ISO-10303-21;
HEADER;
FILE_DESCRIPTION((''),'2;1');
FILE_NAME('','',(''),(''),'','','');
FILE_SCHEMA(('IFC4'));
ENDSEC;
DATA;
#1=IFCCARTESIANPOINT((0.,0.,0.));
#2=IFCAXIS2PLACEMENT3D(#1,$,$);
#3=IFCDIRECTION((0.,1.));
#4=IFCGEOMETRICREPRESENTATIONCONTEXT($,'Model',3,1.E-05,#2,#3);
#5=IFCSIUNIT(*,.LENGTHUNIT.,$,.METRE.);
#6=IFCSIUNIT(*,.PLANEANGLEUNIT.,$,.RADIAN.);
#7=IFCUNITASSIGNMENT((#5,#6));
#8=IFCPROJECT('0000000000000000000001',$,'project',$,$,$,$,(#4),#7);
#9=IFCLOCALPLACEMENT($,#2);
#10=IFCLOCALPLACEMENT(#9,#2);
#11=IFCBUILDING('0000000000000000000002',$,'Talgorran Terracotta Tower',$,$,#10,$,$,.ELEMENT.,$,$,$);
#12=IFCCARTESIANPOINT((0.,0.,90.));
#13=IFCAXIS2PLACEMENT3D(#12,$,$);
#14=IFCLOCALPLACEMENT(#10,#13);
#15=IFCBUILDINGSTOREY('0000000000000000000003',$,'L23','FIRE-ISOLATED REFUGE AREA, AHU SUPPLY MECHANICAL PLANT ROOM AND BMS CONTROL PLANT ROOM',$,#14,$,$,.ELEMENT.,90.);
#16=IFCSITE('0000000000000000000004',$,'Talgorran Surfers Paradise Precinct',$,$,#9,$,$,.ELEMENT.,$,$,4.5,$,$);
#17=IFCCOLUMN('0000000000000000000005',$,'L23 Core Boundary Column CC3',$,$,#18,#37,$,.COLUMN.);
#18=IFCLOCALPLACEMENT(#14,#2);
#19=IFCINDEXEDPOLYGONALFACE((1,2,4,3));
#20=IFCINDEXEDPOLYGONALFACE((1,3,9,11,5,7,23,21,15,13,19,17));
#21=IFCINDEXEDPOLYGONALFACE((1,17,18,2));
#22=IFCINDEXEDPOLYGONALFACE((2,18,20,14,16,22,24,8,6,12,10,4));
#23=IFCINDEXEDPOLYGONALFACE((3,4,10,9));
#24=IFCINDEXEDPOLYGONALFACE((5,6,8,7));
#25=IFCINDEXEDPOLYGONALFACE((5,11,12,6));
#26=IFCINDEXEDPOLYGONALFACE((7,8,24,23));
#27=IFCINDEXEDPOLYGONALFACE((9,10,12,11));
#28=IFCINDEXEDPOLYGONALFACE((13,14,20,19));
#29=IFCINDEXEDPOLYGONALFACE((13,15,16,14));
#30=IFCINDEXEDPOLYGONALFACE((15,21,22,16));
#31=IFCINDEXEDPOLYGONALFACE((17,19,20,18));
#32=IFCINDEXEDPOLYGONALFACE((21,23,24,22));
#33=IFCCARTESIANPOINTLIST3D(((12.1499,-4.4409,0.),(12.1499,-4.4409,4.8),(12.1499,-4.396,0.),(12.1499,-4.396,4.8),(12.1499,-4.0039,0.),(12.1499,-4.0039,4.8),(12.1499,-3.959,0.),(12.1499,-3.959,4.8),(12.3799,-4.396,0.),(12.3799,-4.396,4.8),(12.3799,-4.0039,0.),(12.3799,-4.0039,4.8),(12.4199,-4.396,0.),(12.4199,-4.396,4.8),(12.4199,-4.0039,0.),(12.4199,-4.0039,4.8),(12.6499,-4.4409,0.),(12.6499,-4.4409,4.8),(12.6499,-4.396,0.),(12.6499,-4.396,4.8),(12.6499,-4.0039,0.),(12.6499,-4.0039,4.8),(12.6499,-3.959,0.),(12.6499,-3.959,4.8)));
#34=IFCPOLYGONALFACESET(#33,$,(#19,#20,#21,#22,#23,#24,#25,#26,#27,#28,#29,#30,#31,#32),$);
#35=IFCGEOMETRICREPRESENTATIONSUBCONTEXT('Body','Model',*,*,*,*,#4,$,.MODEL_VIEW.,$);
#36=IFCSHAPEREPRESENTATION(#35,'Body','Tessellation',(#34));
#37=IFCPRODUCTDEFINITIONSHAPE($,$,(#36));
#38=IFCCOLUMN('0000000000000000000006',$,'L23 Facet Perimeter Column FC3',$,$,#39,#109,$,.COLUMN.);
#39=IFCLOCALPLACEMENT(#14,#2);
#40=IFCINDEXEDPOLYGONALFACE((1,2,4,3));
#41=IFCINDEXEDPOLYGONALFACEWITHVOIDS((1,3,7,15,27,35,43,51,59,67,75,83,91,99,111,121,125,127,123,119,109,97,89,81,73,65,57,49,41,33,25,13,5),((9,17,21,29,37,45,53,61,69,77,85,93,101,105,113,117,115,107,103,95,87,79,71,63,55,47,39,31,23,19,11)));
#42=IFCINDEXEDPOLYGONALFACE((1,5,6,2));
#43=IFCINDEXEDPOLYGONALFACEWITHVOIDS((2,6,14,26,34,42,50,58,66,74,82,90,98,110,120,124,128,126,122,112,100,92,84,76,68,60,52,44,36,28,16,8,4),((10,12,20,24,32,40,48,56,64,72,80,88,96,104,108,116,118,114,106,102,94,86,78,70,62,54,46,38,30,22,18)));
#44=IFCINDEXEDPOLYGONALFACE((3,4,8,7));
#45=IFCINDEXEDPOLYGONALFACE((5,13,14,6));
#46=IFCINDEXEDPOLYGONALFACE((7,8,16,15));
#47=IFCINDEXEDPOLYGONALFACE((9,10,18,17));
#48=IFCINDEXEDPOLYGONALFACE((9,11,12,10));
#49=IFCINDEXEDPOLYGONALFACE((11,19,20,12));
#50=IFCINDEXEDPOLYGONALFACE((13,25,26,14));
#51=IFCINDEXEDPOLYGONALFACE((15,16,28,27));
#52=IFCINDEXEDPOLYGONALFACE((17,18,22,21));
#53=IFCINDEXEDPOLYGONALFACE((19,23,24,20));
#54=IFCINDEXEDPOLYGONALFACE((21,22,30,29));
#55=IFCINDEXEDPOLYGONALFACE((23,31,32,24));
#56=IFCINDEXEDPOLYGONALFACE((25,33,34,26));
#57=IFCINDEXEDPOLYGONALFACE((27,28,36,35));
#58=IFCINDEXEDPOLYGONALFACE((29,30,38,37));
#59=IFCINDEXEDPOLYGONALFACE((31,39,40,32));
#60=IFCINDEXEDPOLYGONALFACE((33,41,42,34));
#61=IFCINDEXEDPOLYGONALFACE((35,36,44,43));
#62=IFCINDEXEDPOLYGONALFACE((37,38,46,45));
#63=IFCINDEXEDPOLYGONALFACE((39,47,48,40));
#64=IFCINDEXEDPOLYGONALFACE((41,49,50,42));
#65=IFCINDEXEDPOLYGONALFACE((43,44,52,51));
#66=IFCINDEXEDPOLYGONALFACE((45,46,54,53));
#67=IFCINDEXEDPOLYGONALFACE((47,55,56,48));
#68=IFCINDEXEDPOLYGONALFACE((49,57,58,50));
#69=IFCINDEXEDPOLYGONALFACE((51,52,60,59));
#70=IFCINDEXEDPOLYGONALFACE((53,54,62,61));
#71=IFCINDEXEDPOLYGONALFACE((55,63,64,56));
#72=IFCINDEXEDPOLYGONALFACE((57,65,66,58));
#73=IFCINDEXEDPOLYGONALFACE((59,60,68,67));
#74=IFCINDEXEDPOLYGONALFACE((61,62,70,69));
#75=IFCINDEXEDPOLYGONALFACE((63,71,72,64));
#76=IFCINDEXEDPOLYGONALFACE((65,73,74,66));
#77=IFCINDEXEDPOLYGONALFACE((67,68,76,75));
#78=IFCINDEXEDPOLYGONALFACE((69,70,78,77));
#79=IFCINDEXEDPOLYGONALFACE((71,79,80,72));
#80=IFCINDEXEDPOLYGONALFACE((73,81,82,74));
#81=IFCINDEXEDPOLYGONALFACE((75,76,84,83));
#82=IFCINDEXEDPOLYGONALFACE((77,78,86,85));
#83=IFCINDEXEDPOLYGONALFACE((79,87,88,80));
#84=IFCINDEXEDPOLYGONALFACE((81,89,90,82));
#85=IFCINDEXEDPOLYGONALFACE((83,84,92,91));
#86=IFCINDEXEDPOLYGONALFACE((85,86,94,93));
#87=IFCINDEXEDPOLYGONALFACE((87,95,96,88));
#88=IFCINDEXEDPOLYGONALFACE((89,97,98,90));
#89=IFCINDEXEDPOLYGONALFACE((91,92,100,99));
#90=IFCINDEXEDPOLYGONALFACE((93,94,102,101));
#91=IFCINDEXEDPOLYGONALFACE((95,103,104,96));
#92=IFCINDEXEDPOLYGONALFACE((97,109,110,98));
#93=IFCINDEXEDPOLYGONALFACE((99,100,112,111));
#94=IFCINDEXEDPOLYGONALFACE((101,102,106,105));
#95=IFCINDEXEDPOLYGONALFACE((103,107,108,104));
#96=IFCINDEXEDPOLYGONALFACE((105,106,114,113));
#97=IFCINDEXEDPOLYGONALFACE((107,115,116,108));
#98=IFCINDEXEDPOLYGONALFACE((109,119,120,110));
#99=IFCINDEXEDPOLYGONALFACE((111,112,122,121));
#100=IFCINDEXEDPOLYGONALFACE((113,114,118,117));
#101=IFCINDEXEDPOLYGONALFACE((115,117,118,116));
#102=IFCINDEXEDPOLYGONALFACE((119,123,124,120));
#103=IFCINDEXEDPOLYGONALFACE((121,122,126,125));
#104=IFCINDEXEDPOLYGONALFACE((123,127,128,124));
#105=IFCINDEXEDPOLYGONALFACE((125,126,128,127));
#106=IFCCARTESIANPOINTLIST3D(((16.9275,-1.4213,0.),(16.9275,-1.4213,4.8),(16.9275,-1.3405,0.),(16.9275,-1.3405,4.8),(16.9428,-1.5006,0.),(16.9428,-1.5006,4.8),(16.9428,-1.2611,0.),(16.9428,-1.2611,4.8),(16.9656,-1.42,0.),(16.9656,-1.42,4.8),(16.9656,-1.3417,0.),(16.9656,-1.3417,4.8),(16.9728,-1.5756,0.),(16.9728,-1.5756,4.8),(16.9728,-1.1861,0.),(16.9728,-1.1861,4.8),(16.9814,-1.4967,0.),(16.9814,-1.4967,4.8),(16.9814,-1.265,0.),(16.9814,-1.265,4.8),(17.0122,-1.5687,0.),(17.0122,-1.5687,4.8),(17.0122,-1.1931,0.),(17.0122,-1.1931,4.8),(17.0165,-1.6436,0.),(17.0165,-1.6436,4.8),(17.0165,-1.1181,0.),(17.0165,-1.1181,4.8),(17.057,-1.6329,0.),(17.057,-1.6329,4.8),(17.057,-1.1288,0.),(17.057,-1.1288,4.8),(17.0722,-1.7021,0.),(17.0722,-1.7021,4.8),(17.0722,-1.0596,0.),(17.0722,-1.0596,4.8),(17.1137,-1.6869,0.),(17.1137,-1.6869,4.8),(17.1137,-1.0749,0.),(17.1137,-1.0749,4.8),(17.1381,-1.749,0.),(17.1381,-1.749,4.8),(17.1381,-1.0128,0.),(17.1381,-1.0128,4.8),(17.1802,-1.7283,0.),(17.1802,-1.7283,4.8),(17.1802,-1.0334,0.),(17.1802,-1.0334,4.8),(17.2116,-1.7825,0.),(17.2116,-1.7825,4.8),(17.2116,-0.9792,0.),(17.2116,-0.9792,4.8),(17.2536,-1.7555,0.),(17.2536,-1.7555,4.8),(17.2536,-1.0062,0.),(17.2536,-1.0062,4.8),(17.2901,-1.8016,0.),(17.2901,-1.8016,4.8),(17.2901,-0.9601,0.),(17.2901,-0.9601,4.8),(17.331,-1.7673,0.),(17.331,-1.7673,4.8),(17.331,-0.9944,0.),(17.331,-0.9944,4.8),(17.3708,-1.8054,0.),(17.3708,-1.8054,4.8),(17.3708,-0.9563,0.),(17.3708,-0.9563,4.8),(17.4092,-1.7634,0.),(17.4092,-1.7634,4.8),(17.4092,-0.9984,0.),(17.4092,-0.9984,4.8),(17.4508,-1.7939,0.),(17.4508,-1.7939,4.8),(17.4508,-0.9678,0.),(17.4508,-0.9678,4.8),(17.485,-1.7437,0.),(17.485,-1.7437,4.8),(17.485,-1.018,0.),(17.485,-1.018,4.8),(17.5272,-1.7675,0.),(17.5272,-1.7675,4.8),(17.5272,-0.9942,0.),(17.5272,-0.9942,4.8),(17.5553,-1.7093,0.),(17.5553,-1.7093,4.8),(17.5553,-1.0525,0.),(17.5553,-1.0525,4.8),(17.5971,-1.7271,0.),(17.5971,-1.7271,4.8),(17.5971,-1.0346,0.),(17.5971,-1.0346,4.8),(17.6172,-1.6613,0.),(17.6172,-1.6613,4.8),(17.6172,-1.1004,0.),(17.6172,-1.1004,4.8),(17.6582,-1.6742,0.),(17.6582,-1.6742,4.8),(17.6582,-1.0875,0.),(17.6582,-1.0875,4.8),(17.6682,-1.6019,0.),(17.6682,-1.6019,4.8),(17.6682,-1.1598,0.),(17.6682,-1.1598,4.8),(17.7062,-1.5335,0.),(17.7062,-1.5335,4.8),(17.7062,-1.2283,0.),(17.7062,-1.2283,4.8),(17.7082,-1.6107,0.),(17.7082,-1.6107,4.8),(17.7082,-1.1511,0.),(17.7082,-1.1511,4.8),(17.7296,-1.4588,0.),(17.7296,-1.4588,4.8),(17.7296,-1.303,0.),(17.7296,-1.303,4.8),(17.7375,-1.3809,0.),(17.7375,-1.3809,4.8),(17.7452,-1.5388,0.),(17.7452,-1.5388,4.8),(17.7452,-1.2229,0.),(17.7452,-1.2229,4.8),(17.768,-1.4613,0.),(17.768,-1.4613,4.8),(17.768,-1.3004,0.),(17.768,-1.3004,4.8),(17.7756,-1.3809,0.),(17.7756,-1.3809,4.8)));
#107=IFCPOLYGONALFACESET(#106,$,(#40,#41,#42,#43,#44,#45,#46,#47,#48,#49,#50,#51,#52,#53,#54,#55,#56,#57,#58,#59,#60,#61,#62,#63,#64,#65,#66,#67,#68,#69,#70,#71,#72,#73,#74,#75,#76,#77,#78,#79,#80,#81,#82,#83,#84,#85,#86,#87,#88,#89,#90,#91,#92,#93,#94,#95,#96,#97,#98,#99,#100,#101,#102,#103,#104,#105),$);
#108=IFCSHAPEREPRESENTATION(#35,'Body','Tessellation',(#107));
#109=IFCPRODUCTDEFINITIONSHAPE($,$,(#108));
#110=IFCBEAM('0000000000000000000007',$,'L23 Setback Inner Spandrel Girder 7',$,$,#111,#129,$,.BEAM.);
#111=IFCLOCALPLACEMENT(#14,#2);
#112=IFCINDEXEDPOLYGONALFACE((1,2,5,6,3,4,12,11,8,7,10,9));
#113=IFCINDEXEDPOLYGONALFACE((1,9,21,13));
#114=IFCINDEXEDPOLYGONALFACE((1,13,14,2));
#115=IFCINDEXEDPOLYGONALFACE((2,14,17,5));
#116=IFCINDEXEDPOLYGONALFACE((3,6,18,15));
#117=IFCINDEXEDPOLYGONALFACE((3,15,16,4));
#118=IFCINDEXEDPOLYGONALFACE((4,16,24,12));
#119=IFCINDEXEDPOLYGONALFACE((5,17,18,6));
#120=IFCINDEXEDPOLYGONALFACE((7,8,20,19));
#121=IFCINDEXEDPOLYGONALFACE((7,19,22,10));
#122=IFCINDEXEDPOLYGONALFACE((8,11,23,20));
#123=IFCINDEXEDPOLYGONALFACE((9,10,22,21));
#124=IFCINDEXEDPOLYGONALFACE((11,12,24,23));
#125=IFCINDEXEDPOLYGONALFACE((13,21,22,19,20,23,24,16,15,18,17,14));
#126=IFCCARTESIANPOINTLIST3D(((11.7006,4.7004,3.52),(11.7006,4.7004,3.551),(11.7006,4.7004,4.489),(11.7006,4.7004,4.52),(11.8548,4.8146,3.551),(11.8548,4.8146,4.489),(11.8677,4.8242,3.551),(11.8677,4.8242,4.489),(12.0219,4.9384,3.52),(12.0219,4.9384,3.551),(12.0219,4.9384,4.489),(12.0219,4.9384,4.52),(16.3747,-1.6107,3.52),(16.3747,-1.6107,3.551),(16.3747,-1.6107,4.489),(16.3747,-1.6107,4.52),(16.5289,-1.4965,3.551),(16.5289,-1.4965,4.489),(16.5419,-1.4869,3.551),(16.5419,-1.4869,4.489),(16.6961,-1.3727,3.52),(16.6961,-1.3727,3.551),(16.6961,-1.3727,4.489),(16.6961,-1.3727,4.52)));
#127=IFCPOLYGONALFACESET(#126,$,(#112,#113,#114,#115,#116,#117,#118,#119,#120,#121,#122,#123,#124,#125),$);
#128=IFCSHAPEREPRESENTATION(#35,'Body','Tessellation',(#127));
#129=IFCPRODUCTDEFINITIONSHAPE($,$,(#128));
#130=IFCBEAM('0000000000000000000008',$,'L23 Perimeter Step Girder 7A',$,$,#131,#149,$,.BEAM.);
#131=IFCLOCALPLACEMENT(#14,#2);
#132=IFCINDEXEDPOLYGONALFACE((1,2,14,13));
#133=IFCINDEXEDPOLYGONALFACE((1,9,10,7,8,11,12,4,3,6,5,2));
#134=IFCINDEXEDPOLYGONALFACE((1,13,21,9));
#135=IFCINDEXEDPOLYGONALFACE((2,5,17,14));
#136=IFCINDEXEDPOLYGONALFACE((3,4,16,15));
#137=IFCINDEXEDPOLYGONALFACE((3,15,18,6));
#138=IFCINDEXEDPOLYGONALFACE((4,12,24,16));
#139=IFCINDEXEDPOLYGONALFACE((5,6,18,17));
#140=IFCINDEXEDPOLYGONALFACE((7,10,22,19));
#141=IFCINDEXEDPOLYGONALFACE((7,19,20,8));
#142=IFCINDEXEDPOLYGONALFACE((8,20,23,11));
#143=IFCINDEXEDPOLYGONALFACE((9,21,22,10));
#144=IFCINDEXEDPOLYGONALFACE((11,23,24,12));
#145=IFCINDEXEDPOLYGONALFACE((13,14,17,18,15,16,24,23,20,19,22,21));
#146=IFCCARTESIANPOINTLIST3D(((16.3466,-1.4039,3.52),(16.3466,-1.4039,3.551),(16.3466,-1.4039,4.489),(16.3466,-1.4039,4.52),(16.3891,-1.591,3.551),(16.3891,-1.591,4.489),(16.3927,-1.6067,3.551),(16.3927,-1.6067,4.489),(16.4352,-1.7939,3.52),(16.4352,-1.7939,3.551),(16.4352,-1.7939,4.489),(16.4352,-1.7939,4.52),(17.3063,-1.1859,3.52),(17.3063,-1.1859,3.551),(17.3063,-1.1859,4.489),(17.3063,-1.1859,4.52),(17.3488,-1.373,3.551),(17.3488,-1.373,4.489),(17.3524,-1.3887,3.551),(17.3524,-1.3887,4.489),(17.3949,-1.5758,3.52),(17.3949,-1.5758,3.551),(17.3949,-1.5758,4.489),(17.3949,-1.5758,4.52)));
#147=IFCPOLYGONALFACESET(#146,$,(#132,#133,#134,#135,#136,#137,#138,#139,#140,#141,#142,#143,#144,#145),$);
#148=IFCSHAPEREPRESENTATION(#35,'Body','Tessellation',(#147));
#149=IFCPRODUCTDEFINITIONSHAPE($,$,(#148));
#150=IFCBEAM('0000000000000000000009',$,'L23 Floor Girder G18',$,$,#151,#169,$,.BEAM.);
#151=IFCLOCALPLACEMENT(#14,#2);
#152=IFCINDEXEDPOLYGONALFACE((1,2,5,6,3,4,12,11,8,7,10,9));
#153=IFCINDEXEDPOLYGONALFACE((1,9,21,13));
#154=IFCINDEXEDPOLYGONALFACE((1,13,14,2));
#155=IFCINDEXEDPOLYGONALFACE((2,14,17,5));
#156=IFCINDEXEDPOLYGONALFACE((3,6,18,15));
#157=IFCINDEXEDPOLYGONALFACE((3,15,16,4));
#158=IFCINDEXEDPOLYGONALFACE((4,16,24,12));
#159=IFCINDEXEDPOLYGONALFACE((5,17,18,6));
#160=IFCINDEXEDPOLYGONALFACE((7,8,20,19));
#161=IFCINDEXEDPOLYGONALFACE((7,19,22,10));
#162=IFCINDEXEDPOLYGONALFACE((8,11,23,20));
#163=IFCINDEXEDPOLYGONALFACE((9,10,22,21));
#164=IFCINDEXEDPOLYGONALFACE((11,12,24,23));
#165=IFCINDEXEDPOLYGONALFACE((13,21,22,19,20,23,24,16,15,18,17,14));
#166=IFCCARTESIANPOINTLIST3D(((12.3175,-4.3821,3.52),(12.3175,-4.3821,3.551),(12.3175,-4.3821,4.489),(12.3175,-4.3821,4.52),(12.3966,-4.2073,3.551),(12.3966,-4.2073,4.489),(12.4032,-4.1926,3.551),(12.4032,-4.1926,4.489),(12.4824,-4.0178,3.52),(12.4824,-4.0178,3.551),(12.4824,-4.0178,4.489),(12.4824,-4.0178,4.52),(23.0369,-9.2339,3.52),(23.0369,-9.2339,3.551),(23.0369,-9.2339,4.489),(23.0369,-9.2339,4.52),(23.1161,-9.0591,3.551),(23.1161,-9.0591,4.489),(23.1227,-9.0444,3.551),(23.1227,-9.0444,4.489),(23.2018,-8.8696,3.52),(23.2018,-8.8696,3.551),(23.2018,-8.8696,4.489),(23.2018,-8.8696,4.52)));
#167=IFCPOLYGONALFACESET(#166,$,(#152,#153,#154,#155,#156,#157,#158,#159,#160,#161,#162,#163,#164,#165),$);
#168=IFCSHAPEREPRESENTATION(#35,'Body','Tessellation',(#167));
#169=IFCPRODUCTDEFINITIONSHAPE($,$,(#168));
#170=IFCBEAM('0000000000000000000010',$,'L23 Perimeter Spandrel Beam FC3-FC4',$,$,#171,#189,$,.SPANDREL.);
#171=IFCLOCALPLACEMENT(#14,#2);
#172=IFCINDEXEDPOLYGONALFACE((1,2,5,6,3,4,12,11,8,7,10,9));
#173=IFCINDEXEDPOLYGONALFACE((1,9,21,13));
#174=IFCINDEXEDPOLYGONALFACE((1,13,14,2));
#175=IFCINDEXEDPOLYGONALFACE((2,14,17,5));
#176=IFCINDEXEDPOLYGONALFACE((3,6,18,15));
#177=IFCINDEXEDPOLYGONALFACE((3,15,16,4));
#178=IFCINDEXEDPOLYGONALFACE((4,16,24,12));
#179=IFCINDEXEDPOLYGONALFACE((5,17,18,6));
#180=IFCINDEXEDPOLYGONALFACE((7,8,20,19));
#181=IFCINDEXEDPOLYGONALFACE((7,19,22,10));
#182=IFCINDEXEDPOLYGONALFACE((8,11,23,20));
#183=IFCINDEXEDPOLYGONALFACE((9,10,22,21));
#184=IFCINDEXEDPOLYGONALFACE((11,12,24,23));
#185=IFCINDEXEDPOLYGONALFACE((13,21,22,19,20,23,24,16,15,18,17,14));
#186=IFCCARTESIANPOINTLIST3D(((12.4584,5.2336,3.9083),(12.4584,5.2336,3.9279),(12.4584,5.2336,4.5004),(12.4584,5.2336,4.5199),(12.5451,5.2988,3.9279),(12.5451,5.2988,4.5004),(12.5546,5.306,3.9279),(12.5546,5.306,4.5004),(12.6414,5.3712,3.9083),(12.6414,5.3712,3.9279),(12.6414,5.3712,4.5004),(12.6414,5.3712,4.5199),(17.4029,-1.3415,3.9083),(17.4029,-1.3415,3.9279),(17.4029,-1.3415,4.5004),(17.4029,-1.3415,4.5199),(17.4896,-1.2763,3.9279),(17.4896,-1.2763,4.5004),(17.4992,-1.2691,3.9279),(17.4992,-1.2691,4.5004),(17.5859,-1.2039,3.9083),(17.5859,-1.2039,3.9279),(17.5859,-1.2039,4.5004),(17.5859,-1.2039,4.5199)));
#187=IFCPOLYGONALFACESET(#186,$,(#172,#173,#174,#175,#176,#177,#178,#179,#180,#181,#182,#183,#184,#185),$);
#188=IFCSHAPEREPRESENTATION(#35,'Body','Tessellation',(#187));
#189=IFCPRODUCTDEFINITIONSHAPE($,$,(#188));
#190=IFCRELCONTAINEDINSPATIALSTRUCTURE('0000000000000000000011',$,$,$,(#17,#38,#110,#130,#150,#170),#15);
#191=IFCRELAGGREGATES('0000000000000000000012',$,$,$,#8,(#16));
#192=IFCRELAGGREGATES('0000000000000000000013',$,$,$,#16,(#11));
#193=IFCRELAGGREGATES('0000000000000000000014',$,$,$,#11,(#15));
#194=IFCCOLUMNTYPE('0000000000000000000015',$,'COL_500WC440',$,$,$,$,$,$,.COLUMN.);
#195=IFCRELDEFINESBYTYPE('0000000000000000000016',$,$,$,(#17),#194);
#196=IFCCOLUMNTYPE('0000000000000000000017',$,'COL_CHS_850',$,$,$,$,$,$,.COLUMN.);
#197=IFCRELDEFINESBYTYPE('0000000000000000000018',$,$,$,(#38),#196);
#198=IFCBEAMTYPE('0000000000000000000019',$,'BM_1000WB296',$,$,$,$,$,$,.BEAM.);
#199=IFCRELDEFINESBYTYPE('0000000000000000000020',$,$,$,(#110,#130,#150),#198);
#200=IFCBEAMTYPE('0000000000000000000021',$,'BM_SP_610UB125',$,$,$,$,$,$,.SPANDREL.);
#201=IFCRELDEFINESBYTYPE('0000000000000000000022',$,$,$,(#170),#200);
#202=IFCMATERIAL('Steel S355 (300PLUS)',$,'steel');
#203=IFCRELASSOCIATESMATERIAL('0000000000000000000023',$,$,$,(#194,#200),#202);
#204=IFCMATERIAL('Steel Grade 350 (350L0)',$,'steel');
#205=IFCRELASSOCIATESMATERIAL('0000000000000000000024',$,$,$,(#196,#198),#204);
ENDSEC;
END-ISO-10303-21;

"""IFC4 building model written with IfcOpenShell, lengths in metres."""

from ifc_helpers import new_model, si_unit, direction, frame, origin, origin_2d, place, context, subcontext, project, spatial, hollow_circle, i_section, extrude, material, material_profile, profile_set, type_object, element, save


model = new_model("IFC4")

# Units and contexts
model_context = context("Model", 3, precision=1e-05, world=origin(), true_north=direction((0.0, 1.0)))
body_context = subcontext(model_context, "Body", "Model", "MODEL_VIEW")
ifc_project = project(units=[si_unit("LENGTHUNIT", "METRE"), si_unit("PLANEANGLEUNIT", "RADIAN")], contexts=[model_context])

# Site, building, storey
site_placement = place(None, origin())
site = spatial("IfcSite", under=ifc_project, at=site_placement, Name="Talgorran Surfers Paradise Precinct", CompositionType="ELEMENT", RefElevation=4.5)
building_placement = place(site_placement, origin())
building = spatial("IfcBuilding", under=site, at=building_placement, Name="Talgorran Terracotta Tower", CompositionType="ELEMENT")
storey_placement = place(building_placement, frame((0.0, 0.0, 90.0)))
storey = spatial("IfcBuildingStorey", under=building, at=storey_placement, Name="L23", Description="FIRE-ISOLATED REFUGE AREA, AHU SUPPLY MECHANICAL PLANT ROOM AND BMS CONTROL PLANT ROOM", CompositionType="ELEMENT", Elevation=90.0)

# Columns
ifc_material_1 = material(Name="Steel S355 (300PLUS)", Category="steel")
ifc_material_profile_1 = material_profile(ifc_material_1, i_section(OverallWidth=0.5, OverallDepth=0.4819, WebThickness=0.04, FlangeThickness=0.0449, at=origin_2d()), Name="500WC440")
ifc_profile_set_1 = profile_set([ifc_material_profile_1], Name="Steel S355 (300PLUS)")
column_type_1 = type_object("IfcColumnType", Name="COL_500WC440", PredefinedType="COLUMN", material=ifc_profile_set_1)
column_1_placement = place(storey_placement, frame((12.3999, -4.2, 0.0), z_axis=(0.0, 0.0, 1.0), x_axis=(1.0, 0.0, 0.0)))
element("IfcColumn", 1, at=column_1_placement, inside=storey, type_object=column_type_1, Name="L23 Core Boundary Column CC3", PredefinedType="COLUMN", context=body_context, shape_type="SweptSolid", body=[
    extrude(i_section(OverallWidth=0.5, OverallDepth=0.4819, WebThickness=0.04, FlangeThickness=0.0449, at=origin_2d()), origin(), (0.0, 0.0, 1.0), 4.8),
])
ifc_material_2 = material(Name="Steel Grade 350 (350L0)", Category="steel")
ifc_material_profile_2 = material_profile(ifc_material_2, hollow_circle(Radius=0.425, WallThickness=0.0381, at=origin_2d()), Name="CHS850X38")
ifc_profile_set_2 = profile_set([ifc_material_profile_2], Name="Steel Grade 350 (350L0)")
column_type_2 = type_object("IfcColumnType", Name="COL_CHS_850", PredefinedType="COLUMN", material=ifc_profile_set_2)
column_2_placement = place(storey_placement, frame((17.3506, -1.3809, 0.0), z_axis=(0.0, 0.0, 1.0), x_axis=(1.0, 0.0, 0.0)))
element("IfcColumn", 2, at=column_2_placement, inside=storey, type_object=column_type_2, Name="L23 Facet Perimeter Column FC3", PredefinedType="COLUMN", context=body_context, shape_type="SweptSolid", body=[
    extrude(hollow_circle(Radius=0.425, WallThickness=0.0381, at=origin_2d()), origin(), (0.0, 0.0, 1.0), 4.8),
])

# Beams
ifc_material_profile_3 = material_profile(ifc_material_2, i_section(OverallWidth=0.3999, OverallDepth=1.0, WebThickness=0.0161, FlangeThickness=0.031, at=origin_2d()), Name="1000WB296")
ifc_profile_set_3 = profile_set([ifc_material_profile_3], Name="Steel Grade 350 (350L0)")
beam_type_1 = type_object("IfcBeamType", Name="BM_1000WB296", PredefinedType="BEAM", material=ifc_profile_set_3)
beam_1_placement = place(storey_placement, frame((16.5354, -1.4917, 4.02), z_axis=(-0.595164, 0.803604, 0.0), x_axis=(-0.803604, -0.595164, 0.0)))
element("IfcBeam", 3, at=beam_1_placement, inside=storey, type_object=beam_type_1, Name="L23 Setback Inner Spandrel Girder 7", PredefinedType="BEAM", context=body_context, shape_type="SweptSolid", body=[
    extrude(i_section(OverallWidth=0.3999, OverallDepth=1.0, WebThickness=0.0161, FlangeThickness=0.031, at=origin_2d()), origin(), (0.0, 0.0, 1.0), 7.8535),
])
beam_2_placement = place(storey_placement, frame((17.3506, -1.3809, 4.02), z_axis=(-0.975155, -0.221525, 0.0), x_axis=(0.221525, -0.975155, 0.0)))
element("IfcBeam", 4, at=beam_2_placement, inside=storey, type_object=beam_type_1, Name="L23 Perimeter Step Girder 7A", PredefinedType="BEAM", context=body_context, shape_type="SweptSolid", body=[
    extrude(i_section(OverallWidth=0.3999, OverallDepth=1.0, WebThickness=0.0161, FlangeThickness=0.031, at=origin_2d()), origin(), (0.0, 0.0, 1.0), 0.9841),
])
beam_3_placement = place(storey_placement, frame((12.3999, -4.2, 4.02), z_axis=(0.911028, -0.412345, 0.0), x_axis=(0.412345, 0.911028, 0.0)))
element("IfcBeam", 5, at=beam_3_placement, inside=storey, type_object=beam_type_1, Name="L23 Floor Girder G18", PredefinedType="BEAM", context=body_context, shape_type="SweptSolid", body=[
    extrude(i_section(OverallWidth=0.3999, OverallDepth=1.0, WebThickness=0.0161, FlangeThickness=0.031, at=origin_2d()), origin(), (0.0, 0.0, 1.0), 11.7664),
])
ifc_material_profile_4 = material_profile(ifc_material_1, i_section(OverallWidth=0.229, OverallDepth=0.6116, WebThickness=0.012, FlangeThickness=0.0195, at=origin_2d()), Name="610UB125")
ifc_profile_set_4 = profile_set([ifc_material_profile_4], Name="Steel S355 (300PLUS)")
beam_type_2 = type_object("IfcBeamType", Name="BM_SP_610UB125", PredefinedType="SPANDREL", material=ifc_profile_set_4)
beam_4_placement = place(storey_placement, frame((17.4944, -1.2727, 4.2141), z_axis=(-0.601025, 0.79923, 0.0), x_axis=(-0.79923, -0.601025, 0.0)))
element("IfcBeam", 6, at=beam_4_placement, inside=storey, type_object=beam_type_2, Name="L23 Perimeter Spandrel Beam FC3-FC4", PredefinedType="SPANDREL", context=body_context, shape_type="SweptSolid", body=[
    extrude(i_section(OverallWidth=0.229, OverallDepth=0.6116, WebThickness=0.012, FlangeThickness=0.0195, at=origin_2d()), origin(), (0.0, 0.0, 1.0), 8.2268),
])

save(model, "model.ifc")
